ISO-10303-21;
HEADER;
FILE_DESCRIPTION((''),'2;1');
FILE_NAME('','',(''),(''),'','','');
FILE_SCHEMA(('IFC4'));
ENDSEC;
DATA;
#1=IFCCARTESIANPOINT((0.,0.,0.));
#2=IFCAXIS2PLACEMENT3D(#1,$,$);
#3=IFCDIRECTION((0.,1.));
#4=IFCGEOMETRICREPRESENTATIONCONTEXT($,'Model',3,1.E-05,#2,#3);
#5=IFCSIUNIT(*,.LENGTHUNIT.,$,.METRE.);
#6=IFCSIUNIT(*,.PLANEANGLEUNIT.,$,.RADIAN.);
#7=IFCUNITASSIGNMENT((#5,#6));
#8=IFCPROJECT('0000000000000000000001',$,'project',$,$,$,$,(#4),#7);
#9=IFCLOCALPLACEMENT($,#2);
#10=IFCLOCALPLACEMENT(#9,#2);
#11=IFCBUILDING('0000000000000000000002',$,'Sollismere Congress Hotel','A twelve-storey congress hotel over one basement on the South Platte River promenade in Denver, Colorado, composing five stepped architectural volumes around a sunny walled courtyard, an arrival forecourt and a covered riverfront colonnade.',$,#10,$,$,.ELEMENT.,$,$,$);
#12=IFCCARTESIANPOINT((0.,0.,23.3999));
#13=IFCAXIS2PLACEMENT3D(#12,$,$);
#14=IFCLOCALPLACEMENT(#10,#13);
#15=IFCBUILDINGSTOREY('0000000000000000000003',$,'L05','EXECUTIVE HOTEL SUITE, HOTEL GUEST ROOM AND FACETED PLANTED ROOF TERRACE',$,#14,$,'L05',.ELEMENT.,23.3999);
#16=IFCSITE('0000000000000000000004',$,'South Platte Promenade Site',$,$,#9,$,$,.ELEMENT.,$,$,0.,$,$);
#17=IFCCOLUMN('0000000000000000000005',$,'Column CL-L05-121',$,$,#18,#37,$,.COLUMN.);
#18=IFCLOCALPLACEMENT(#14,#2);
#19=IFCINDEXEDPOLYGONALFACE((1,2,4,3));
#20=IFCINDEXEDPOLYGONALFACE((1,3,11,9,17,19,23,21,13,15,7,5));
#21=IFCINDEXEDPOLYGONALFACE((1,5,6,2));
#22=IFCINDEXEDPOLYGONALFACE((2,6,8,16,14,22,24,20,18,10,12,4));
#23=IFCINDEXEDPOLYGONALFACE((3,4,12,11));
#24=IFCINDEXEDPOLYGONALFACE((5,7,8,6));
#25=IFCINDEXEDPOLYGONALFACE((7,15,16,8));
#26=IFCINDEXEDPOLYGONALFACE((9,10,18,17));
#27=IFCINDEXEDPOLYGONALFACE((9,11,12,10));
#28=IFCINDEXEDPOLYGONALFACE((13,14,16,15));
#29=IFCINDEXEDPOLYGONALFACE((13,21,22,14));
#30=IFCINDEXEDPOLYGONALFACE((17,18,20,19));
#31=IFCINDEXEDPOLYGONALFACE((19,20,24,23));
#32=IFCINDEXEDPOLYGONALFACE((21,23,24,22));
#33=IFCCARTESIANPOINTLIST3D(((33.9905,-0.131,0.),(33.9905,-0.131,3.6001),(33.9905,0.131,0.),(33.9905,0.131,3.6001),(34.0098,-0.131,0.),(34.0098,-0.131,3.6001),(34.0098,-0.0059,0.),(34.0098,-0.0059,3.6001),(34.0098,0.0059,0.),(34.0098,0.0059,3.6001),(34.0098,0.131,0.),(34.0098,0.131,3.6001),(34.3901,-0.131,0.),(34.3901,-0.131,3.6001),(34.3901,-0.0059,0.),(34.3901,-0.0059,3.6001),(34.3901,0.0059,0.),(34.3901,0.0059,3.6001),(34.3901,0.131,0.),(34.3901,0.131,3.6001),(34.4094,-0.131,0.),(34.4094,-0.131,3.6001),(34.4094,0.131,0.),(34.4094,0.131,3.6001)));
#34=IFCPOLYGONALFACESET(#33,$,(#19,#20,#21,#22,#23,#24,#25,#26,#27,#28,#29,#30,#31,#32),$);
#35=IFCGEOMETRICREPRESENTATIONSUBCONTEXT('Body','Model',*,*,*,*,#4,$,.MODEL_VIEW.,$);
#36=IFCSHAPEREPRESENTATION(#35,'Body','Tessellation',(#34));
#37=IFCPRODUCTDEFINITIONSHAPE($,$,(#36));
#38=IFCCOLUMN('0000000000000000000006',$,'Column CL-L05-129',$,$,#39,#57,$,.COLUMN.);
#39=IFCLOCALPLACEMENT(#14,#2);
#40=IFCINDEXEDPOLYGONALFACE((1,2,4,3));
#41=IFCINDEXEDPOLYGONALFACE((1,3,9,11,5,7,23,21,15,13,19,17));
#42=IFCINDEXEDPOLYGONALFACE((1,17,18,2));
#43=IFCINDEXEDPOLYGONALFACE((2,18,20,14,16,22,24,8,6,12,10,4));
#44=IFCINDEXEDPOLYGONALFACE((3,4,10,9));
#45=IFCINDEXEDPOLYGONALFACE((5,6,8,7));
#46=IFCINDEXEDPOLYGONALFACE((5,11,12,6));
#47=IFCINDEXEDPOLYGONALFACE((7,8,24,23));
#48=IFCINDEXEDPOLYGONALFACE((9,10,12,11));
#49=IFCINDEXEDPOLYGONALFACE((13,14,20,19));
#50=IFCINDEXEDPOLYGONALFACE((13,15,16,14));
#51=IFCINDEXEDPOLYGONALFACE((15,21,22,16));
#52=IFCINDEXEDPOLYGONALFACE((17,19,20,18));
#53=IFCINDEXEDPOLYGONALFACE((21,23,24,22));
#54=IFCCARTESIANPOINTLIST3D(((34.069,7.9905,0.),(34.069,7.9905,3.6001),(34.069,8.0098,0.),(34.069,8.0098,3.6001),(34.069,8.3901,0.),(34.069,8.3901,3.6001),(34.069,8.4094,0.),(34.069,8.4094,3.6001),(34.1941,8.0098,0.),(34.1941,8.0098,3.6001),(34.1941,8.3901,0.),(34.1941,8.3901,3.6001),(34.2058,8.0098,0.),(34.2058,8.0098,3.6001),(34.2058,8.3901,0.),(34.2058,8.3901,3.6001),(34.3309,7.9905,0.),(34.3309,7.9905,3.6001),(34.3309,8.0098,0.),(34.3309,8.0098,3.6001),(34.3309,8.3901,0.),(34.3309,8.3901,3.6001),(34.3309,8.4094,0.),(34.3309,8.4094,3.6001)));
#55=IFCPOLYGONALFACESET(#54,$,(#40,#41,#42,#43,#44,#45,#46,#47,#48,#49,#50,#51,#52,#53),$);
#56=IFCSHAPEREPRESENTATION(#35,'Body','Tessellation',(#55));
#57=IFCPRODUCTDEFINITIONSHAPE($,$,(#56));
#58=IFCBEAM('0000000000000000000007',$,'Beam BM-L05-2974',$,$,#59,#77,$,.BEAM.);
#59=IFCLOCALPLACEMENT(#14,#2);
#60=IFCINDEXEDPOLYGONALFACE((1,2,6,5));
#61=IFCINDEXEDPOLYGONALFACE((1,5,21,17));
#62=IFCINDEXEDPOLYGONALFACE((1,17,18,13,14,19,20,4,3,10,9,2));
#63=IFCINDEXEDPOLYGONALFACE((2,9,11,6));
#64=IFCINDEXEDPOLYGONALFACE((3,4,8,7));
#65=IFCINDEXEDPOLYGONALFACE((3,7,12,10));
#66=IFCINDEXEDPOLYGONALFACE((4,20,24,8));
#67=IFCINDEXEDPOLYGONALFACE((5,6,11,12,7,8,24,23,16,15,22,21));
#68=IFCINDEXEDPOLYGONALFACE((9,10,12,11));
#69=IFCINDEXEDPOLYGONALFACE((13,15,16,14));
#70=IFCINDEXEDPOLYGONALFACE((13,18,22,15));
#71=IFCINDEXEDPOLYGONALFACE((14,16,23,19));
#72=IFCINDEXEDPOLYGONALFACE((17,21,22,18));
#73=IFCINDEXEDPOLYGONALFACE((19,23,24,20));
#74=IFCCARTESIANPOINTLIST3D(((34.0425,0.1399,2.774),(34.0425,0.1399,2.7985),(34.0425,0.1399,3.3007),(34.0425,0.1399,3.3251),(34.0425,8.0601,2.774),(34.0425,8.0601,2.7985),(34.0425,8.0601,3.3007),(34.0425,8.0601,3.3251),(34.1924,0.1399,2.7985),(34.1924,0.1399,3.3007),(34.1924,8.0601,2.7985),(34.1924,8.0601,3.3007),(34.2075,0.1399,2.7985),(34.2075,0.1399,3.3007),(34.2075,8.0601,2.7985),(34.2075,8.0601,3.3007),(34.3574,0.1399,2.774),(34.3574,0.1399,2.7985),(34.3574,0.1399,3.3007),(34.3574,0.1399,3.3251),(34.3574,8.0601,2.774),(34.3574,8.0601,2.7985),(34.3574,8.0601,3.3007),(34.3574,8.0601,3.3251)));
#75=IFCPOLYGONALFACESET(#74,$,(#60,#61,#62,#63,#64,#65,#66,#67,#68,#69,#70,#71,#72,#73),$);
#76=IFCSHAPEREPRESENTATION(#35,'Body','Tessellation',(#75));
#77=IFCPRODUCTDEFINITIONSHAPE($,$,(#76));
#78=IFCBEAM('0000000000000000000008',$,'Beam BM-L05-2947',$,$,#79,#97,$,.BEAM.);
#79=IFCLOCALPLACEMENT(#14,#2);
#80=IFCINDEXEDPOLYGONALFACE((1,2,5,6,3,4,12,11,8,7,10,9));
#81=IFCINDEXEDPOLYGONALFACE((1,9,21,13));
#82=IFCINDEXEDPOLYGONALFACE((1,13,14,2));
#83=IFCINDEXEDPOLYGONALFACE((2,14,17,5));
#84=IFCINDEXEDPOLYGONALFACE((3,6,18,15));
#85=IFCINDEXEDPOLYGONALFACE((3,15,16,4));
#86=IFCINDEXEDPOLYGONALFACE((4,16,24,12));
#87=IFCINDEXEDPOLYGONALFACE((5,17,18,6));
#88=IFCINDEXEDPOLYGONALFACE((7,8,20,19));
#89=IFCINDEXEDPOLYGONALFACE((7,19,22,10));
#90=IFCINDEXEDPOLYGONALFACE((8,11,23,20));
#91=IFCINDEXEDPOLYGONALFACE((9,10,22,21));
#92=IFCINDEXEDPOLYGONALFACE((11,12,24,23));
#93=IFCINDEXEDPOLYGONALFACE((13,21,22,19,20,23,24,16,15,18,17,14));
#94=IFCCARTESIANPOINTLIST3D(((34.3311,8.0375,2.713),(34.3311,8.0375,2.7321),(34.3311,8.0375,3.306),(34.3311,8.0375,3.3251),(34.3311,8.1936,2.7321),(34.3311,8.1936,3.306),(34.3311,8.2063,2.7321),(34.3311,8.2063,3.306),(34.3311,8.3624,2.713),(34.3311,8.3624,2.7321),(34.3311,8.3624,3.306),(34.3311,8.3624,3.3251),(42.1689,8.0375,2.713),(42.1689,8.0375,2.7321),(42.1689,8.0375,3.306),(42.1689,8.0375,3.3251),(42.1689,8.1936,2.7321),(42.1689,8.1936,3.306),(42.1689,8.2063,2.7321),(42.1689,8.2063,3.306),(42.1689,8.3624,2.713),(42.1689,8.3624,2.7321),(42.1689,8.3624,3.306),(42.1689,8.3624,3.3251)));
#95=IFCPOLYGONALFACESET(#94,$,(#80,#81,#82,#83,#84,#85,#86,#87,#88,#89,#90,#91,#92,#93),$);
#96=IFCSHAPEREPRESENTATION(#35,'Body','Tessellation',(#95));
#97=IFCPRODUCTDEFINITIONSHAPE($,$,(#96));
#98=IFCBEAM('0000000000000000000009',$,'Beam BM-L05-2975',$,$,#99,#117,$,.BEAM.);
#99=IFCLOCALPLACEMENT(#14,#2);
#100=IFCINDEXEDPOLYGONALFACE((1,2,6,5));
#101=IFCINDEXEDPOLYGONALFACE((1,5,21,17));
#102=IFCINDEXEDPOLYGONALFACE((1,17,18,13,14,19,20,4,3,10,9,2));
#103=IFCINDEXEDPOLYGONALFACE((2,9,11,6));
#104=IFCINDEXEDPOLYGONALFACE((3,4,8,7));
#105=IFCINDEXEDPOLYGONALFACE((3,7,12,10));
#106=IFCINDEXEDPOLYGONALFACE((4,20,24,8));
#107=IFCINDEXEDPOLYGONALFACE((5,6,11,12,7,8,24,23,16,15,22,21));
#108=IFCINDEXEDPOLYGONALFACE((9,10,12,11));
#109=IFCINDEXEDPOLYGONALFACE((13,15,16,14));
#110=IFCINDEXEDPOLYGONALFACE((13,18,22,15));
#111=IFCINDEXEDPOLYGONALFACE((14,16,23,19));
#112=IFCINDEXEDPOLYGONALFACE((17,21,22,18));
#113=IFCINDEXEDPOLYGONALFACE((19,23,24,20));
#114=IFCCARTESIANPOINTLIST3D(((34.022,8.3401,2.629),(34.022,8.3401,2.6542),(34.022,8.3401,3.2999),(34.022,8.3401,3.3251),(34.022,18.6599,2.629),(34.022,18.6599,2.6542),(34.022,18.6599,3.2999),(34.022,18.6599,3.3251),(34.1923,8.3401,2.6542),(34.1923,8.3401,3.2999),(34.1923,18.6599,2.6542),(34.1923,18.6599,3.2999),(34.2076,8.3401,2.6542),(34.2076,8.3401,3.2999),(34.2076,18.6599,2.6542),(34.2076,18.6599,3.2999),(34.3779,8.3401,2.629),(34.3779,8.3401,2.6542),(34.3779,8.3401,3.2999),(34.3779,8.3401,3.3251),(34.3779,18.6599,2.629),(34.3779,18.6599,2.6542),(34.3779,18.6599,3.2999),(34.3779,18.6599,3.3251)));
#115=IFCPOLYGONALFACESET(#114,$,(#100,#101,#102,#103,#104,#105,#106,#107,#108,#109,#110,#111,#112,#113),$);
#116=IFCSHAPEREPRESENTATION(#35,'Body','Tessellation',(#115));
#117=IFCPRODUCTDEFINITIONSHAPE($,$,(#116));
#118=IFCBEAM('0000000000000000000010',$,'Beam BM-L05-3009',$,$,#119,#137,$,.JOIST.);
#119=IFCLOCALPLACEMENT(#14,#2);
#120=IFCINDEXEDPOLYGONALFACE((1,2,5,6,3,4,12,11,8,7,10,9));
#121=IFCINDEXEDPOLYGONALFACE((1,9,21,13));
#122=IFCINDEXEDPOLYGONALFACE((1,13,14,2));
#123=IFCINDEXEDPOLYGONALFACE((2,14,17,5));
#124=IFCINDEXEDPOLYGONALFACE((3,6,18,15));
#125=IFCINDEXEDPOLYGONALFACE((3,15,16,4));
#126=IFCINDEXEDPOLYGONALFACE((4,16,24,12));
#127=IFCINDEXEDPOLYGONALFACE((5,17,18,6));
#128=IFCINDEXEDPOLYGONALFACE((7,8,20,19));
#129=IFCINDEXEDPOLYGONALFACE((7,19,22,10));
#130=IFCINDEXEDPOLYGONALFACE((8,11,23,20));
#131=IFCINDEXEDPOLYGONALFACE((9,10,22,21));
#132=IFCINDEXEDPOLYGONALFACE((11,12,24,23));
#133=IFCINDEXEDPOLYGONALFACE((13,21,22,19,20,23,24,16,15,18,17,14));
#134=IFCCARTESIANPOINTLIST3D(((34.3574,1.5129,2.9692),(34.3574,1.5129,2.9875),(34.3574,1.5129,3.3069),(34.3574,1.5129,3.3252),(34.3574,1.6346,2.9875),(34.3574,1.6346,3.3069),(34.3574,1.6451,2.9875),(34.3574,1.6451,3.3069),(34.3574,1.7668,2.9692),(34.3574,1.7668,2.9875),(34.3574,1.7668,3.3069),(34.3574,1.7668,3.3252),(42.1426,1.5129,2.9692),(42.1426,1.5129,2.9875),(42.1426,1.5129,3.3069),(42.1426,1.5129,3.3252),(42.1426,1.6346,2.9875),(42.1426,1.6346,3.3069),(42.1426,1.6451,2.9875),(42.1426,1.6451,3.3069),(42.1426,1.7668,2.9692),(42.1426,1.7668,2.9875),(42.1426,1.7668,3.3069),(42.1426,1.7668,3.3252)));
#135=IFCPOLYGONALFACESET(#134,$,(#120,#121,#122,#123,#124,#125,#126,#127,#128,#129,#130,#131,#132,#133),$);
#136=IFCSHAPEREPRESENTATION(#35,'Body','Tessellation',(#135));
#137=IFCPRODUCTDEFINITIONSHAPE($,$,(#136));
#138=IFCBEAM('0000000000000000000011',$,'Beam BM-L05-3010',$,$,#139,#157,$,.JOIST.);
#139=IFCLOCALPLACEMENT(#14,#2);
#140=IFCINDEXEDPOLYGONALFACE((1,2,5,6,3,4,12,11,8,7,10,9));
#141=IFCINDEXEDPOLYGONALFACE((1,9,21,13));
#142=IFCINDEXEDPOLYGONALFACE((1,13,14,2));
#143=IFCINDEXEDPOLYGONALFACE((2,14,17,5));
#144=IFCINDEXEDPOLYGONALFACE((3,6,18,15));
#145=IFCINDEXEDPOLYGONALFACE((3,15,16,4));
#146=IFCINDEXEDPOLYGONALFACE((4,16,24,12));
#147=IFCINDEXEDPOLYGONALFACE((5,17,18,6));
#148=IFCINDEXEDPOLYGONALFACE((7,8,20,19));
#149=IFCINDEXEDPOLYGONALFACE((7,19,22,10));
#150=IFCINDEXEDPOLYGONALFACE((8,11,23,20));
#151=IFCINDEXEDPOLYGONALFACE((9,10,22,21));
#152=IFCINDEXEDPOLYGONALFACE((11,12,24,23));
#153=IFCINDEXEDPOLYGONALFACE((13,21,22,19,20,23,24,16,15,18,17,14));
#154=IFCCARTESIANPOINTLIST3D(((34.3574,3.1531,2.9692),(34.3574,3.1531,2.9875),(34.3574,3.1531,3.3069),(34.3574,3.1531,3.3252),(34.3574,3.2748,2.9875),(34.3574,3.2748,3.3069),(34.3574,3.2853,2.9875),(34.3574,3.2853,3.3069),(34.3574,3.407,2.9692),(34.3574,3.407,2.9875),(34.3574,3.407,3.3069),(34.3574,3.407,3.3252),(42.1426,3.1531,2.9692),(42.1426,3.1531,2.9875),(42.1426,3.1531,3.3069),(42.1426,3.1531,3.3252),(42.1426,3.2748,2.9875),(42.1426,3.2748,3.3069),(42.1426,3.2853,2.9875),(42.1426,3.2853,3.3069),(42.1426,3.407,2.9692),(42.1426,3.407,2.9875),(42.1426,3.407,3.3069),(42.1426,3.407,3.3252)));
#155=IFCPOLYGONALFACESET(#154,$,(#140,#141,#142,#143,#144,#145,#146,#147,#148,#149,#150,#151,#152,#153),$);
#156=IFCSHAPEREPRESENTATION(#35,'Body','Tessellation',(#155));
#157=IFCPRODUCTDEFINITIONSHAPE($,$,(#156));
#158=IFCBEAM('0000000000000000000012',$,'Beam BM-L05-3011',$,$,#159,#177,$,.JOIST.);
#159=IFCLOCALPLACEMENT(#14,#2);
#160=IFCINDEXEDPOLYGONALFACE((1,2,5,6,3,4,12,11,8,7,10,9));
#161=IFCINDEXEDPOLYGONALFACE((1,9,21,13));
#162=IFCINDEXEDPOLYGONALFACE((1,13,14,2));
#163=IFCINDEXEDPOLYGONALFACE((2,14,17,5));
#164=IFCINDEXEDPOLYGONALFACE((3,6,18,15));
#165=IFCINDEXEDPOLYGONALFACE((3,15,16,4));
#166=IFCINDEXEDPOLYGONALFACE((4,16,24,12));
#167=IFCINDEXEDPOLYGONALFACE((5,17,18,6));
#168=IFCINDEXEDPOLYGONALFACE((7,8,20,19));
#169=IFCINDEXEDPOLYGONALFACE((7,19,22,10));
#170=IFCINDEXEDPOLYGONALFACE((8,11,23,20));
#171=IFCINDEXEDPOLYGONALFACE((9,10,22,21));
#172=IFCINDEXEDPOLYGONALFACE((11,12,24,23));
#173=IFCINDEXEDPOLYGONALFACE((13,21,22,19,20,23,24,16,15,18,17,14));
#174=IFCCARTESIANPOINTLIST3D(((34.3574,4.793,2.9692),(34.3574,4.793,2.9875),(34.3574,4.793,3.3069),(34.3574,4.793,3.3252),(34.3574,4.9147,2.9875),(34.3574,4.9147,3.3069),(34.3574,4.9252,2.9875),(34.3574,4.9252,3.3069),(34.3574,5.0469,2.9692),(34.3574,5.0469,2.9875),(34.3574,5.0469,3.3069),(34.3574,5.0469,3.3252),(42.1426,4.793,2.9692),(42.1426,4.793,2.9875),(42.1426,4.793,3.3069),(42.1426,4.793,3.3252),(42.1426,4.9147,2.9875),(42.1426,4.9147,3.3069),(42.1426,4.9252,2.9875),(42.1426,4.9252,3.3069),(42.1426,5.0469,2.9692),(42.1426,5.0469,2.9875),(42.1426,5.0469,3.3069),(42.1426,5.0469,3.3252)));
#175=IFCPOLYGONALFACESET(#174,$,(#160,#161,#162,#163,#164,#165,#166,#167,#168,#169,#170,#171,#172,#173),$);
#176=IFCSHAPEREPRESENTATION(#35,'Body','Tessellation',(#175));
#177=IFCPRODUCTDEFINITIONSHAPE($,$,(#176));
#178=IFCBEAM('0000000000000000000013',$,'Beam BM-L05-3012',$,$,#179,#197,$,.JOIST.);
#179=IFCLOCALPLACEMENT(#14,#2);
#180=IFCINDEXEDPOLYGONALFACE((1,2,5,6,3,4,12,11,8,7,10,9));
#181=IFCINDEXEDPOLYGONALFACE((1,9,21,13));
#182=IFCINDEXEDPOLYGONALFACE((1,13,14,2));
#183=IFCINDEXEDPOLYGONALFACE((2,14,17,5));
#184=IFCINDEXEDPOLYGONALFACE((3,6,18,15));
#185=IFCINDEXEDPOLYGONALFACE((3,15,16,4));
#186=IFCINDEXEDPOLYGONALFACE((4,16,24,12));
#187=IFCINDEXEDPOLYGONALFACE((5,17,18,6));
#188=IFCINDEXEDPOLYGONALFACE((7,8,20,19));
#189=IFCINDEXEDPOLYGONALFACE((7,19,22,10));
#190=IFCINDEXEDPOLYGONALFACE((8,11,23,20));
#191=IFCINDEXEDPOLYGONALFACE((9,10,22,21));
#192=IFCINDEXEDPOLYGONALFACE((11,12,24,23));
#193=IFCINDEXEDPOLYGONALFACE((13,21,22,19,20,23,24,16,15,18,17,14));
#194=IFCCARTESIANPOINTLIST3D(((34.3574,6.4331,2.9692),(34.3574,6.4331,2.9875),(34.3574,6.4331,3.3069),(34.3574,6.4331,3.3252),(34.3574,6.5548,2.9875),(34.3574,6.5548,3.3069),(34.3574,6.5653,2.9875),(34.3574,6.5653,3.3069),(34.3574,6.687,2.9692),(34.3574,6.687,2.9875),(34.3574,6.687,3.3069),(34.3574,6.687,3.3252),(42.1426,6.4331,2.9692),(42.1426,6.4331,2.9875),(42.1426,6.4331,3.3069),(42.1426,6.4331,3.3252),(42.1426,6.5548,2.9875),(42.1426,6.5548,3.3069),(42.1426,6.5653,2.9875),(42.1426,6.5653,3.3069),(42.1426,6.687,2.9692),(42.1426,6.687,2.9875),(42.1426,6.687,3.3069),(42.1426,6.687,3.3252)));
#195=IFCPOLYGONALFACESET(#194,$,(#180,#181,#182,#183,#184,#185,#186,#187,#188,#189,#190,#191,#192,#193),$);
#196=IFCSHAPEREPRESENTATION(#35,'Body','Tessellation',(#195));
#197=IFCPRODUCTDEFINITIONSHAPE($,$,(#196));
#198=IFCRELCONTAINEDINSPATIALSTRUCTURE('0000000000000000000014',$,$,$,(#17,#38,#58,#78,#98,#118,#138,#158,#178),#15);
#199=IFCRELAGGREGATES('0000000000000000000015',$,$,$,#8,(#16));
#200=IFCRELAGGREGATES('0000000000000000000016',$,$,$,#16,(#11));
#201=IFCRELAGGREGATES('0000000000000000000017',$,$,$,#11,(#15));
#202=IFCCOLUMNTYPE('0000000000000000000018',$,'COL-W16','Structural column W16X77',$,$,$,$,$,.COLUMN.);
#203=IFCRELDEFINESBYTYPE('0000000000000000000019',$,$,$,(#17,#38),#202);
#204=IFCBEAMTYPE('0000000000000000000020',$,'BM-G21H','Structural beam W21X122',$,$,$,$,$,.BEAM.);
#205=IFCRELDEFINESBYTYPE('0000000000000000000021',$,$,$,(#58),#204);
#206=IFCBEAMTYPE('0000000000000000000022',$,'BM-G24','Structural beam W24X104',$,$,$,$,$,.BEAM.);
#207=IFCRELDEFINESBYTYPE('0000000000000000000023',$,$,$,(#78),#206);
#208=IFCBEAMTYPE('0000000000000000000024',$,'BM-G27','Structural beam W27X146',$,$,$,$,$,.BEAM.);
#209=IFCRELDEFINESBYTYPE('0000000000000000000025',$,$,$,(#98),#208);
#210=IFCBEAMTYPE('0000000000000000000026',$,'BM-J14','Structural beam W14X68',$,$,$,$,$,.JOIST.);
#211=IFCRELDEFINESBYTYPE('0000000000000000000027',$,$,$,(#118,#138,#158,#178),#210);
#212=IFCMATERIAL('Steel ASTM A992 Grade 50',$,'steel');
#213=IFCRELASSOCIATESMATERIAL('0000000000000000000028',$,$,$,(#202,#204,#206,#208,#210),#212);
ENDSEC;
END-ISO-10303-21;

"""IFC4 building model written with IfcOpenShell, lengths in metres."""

from ifc_helpers import new_model, si_unit, direction, frame, origin, origin_2d, place, context, subcontext, project, spatial, i_section, extrude, material, material_profile, profile_set, type_object, element, save


model = new_model("IFC4")

# Units and contexts
model_context = context("Model", 3, precision=1e-05, world=origin(), true_north=direction((0.0, 1.0)))
body_context = subcontext(model_context, "Body", "Model", "MODEL_VIEW")
ifc_project = project(units=[si_unit("LENGTHUNIT", "METRE"), si_unit("PLANEANGLEUNIT", "RADIAN")], contexts=[model_context])

# Site, building, storey
site_placement = place(None, origin())
site = spatial("IfcSite", under=ifc_project, at=site_placement, Name="South Platte Promenade Site", CompositionType="ELEMENT", RefElevation=0.0)
building_placement = place(site_placement, origin())
building = spatial("IfcBuilding", under=site, at=building_placement, Name="Sollismere Congress Hotel", Description="A twelve-storey congress hotel over one basement on the South Platte River promenade in Denver, Colorado, composing five stepped architectural volumes around a sunny walled courtyard, an arrival forecourt and a covered riverfront colonnade.", CompositionType="ELEMENT")
storey_placement = place(building_placement, frame((0.0, 0.0, 23.3999)))
storey = spatial("IfcBuildingStorey", under=building, at=storey_placement, Name="L05", Description="EXECUTIVE HOTEL SUITE, HOTEL GUEST ROOM AND FACETED PLANTED ROOF TERRACE", LongName="L05", CompositionType="ELEMENT", Elevation=23.3999)

# Columns
ifc_material_1 = material(Name="Steel ASTM A992 Grade 50", Category="steel")
ifc_material_profile_1 = material_profile(ifc_material_1, i_section(OverallWidth=0.262, OverallDepth=0.4189, WebThickness=0.0117, FlangeThickness=0.0193, at=origin_2d()), Name="W16X77")
ifc_profile_set_1 = profile_set([ifc_material_profile_1], Name="Steel ASTM A992 Grade 50")
column_type = type_object("IfcColumnType", Name="COL-W16", Description="Structural column W16X77", PredefinedType="COLUMN", material=ifc_profile_set_1)
for number, where, z_axis, x_axis, name in (
    (1, (34.2, 0.0, 0.0), (0.0, 0.0, 1.0), (0.0, 1.0, 0.0), "Column CL-L05-121"),
    (2, (34.2, 8.2, 0.0), (0.0, 0.0, 1.0), (1.0, 0.0, 0.0), "Column CL-L05-129"),
):
    element("IfcColumn", number, at=place(storey_placement, frame(where, z_axis=z_axis, x_axis=x_axis)), inside=storey, type_object=column_type, Name=name, PredefinedType="COLUMN", context=body_context, shape_type="SweptSolid", body=[
        extrude(i_section(OverallWidth=0.262, OverallDepth=0.4189, WebThickness=0.0117, FlangeThickness=0.0193, at=origin_2d()), origin(), (0.0, 0.0, 1.0), 3.6001),
    ])

# Beams
ifc_material_profile_2 = material_profile(ifc_material_1, i_section(OverallWidth=0.3149, OverallDepth=0.551, WebThickness=0.0151, FlangeThickness=0.0244, at=origin_2d()), Name="W21X122")
ifc_profile_set_2 = profile_set([ifc_material_profile_2], Name="Steel ASTM A992 Grade 50")
beam_type_1 = type_object("IfcBeamType", Name="BM-G21H", Description="Structural beam W21X122", PredefinedType="BEAM", material=ifc_profile_set_2)
beam_1_placement = place(storey_placement, frame((34.2, 0.1399, 3.0496), z_axis=(0.0, 1.0, 0.0), x_axis=(-1.0, 0.0, 0.0)))
element("IfcBeam", 3, at=beam_1_placement, inside=storey, type_object=beam_type_1, Name="Beam BM-L05-2974", PredefinedType="BEAM", context=body_context, shape_type="SweptSolid", body=[
    extrude(i_section(OverallWidth=0.3149, OverallDepth=0.551, WebThickness=0.0151, FlangeThickness=0.0244, at=origin_2d()), origin(), (0.0, 0.0, 1.0), 7.9202),
])
ifc_material_profile_3 = material_profile(ifc_material_1, i_section(OverallWidth=0.325, OverallDepth=0.6121, WebThickness=0.0127, FlangeThickness=0.019, at=origin_2d()), Name="W24X104")
ifc_profile_set_3 = profile_set([ifc_material_profile_3], Name="Steel ASTM A992 Grade 50")
beam_type_2 = type_object("IfcBeamType", Name="BM-G24", Description="Structural beam W24X104", PredefinedType="BEAM", material=ifc_profile_set_3)
beam_2_placement = place(storey_placement, frame((34.3311, 8.2, 3.019), z_axis=(1.0, 0.0, 0.0), x_axis=(0.0, 1.0, 0.0)))
element("IfcBeam", 4, at=beam_2_placement, inside=storey, type_object=beam_type_2, Name="Beam BM-L05-2947", PredefinedType="BEAM", context=body_context, shape_type="SweptSolid", body=[
    extrude(i_section(OverallWidth=0.325, OverallDepth=0.6121, WebThickness=0.0127, FlangeThickness=0.019, at=origin_2d()), origin(), (0.0, 0.0, 1.0), 7.8379),
])
ifc_material_profile_4 = material_profile(ifc_material_1, i_section(OverallWidth=0.356, OverallDepth=0.696, WebThickness=0.0154, FlangeThickness=0.0251, at=origin_2d()), Name="W27X146")
ifc_profile_set_4 = profile_set([ifc_material_profile_4], Name="Steel ASTM A992 Grade 50")
beam_type_3 = type_object("IfcBeamType", Name="BM-G27", Description="Structural beam W27X146", PredefinedType="BEAM", material=ifc_profile_set_4)
beam_3_placement = place(storey_placement, frame((34.2, 8.3401, 2.9771), z_axis=(0.0, 1.0, 0.0), x_axis=(-1.0, 0.0, 0.0)))
element("IfcBeam", 5, at=beam_3_placement, inside=storey, type_object=beam_type_3, Name="Beam BM-L05-2975", PredefinedType="BEAM", context=body_context, shape_type="SweptSolid", body=[
    extrude(i_section(OverallWidth=0.356, OverallDepth=0.696, WebThickness=0.0154, FlangeThickness=0.0251, at=origin_2d()), origin(), (0.0, 0.0, 1.0), 10.3198),
])
ifc_material_profile_5 = material_profile(ifc_material_1, i_section(OverallWidth=0.2539, OverallDepth=0.356, WebThickness=0.0105, FlangeThickness=0.0183, at=origin_2d()), Name="W14X68")
ifc_profile_set_5 = profile_set([ifc_material_profile_5], Name="Steel ASTM A992 Grade 50")
beam_type_4 = type_object("IfcBeamType", Name="BM-J14", Description="Structural beam W14X68", PredefinedType="JOIST", material=ifc_profile_set_5)
for number, where, z_axis, x_axis, name in (
    (6, (34.3574, 1.6399, 3.1472), (1.0, 0.0, 0.0), (0.0, 1.0, 0.0), "Beam BM-L05-3009"),
    (7, (34.3574, 3.28, 3.1472), (1.0, 0.0, 0.0), (0.0, 1.0, 0.0), "Beam BM-L05-3010"),
    (8, (34.3574, 4.9199, 3.1472), (1.0, 0.0, 0.0), (0.0, 1.0, 0.0), "Beam BM-L05-3011"),
    (9, (34.3574, 6.5601, 3.1472), (1.0, 0.0, 0.0), (0.0, 1.0, 0.0), "Beam BM-L05-3012"),
):
    element("IfcBeam", number, at=place(storey_placement, frame(where, z_axis=z_axis, x_axis=x_axis)), inside=storey, type_object=beam_type_4, Name=name, PredefinedType="JOIST", context=body_context, shape_type="SweptSolid", body=[
        extrude(i_section(OverallWidth=0.2539, OverallDepth=0.356, WebThickness=0.0105, FlangeThickness=0.0183, at=origin_2d()), origin(), (0.0, 0.0, 1.0), 7.7852),
    ])

save(model, "model.ifc")
